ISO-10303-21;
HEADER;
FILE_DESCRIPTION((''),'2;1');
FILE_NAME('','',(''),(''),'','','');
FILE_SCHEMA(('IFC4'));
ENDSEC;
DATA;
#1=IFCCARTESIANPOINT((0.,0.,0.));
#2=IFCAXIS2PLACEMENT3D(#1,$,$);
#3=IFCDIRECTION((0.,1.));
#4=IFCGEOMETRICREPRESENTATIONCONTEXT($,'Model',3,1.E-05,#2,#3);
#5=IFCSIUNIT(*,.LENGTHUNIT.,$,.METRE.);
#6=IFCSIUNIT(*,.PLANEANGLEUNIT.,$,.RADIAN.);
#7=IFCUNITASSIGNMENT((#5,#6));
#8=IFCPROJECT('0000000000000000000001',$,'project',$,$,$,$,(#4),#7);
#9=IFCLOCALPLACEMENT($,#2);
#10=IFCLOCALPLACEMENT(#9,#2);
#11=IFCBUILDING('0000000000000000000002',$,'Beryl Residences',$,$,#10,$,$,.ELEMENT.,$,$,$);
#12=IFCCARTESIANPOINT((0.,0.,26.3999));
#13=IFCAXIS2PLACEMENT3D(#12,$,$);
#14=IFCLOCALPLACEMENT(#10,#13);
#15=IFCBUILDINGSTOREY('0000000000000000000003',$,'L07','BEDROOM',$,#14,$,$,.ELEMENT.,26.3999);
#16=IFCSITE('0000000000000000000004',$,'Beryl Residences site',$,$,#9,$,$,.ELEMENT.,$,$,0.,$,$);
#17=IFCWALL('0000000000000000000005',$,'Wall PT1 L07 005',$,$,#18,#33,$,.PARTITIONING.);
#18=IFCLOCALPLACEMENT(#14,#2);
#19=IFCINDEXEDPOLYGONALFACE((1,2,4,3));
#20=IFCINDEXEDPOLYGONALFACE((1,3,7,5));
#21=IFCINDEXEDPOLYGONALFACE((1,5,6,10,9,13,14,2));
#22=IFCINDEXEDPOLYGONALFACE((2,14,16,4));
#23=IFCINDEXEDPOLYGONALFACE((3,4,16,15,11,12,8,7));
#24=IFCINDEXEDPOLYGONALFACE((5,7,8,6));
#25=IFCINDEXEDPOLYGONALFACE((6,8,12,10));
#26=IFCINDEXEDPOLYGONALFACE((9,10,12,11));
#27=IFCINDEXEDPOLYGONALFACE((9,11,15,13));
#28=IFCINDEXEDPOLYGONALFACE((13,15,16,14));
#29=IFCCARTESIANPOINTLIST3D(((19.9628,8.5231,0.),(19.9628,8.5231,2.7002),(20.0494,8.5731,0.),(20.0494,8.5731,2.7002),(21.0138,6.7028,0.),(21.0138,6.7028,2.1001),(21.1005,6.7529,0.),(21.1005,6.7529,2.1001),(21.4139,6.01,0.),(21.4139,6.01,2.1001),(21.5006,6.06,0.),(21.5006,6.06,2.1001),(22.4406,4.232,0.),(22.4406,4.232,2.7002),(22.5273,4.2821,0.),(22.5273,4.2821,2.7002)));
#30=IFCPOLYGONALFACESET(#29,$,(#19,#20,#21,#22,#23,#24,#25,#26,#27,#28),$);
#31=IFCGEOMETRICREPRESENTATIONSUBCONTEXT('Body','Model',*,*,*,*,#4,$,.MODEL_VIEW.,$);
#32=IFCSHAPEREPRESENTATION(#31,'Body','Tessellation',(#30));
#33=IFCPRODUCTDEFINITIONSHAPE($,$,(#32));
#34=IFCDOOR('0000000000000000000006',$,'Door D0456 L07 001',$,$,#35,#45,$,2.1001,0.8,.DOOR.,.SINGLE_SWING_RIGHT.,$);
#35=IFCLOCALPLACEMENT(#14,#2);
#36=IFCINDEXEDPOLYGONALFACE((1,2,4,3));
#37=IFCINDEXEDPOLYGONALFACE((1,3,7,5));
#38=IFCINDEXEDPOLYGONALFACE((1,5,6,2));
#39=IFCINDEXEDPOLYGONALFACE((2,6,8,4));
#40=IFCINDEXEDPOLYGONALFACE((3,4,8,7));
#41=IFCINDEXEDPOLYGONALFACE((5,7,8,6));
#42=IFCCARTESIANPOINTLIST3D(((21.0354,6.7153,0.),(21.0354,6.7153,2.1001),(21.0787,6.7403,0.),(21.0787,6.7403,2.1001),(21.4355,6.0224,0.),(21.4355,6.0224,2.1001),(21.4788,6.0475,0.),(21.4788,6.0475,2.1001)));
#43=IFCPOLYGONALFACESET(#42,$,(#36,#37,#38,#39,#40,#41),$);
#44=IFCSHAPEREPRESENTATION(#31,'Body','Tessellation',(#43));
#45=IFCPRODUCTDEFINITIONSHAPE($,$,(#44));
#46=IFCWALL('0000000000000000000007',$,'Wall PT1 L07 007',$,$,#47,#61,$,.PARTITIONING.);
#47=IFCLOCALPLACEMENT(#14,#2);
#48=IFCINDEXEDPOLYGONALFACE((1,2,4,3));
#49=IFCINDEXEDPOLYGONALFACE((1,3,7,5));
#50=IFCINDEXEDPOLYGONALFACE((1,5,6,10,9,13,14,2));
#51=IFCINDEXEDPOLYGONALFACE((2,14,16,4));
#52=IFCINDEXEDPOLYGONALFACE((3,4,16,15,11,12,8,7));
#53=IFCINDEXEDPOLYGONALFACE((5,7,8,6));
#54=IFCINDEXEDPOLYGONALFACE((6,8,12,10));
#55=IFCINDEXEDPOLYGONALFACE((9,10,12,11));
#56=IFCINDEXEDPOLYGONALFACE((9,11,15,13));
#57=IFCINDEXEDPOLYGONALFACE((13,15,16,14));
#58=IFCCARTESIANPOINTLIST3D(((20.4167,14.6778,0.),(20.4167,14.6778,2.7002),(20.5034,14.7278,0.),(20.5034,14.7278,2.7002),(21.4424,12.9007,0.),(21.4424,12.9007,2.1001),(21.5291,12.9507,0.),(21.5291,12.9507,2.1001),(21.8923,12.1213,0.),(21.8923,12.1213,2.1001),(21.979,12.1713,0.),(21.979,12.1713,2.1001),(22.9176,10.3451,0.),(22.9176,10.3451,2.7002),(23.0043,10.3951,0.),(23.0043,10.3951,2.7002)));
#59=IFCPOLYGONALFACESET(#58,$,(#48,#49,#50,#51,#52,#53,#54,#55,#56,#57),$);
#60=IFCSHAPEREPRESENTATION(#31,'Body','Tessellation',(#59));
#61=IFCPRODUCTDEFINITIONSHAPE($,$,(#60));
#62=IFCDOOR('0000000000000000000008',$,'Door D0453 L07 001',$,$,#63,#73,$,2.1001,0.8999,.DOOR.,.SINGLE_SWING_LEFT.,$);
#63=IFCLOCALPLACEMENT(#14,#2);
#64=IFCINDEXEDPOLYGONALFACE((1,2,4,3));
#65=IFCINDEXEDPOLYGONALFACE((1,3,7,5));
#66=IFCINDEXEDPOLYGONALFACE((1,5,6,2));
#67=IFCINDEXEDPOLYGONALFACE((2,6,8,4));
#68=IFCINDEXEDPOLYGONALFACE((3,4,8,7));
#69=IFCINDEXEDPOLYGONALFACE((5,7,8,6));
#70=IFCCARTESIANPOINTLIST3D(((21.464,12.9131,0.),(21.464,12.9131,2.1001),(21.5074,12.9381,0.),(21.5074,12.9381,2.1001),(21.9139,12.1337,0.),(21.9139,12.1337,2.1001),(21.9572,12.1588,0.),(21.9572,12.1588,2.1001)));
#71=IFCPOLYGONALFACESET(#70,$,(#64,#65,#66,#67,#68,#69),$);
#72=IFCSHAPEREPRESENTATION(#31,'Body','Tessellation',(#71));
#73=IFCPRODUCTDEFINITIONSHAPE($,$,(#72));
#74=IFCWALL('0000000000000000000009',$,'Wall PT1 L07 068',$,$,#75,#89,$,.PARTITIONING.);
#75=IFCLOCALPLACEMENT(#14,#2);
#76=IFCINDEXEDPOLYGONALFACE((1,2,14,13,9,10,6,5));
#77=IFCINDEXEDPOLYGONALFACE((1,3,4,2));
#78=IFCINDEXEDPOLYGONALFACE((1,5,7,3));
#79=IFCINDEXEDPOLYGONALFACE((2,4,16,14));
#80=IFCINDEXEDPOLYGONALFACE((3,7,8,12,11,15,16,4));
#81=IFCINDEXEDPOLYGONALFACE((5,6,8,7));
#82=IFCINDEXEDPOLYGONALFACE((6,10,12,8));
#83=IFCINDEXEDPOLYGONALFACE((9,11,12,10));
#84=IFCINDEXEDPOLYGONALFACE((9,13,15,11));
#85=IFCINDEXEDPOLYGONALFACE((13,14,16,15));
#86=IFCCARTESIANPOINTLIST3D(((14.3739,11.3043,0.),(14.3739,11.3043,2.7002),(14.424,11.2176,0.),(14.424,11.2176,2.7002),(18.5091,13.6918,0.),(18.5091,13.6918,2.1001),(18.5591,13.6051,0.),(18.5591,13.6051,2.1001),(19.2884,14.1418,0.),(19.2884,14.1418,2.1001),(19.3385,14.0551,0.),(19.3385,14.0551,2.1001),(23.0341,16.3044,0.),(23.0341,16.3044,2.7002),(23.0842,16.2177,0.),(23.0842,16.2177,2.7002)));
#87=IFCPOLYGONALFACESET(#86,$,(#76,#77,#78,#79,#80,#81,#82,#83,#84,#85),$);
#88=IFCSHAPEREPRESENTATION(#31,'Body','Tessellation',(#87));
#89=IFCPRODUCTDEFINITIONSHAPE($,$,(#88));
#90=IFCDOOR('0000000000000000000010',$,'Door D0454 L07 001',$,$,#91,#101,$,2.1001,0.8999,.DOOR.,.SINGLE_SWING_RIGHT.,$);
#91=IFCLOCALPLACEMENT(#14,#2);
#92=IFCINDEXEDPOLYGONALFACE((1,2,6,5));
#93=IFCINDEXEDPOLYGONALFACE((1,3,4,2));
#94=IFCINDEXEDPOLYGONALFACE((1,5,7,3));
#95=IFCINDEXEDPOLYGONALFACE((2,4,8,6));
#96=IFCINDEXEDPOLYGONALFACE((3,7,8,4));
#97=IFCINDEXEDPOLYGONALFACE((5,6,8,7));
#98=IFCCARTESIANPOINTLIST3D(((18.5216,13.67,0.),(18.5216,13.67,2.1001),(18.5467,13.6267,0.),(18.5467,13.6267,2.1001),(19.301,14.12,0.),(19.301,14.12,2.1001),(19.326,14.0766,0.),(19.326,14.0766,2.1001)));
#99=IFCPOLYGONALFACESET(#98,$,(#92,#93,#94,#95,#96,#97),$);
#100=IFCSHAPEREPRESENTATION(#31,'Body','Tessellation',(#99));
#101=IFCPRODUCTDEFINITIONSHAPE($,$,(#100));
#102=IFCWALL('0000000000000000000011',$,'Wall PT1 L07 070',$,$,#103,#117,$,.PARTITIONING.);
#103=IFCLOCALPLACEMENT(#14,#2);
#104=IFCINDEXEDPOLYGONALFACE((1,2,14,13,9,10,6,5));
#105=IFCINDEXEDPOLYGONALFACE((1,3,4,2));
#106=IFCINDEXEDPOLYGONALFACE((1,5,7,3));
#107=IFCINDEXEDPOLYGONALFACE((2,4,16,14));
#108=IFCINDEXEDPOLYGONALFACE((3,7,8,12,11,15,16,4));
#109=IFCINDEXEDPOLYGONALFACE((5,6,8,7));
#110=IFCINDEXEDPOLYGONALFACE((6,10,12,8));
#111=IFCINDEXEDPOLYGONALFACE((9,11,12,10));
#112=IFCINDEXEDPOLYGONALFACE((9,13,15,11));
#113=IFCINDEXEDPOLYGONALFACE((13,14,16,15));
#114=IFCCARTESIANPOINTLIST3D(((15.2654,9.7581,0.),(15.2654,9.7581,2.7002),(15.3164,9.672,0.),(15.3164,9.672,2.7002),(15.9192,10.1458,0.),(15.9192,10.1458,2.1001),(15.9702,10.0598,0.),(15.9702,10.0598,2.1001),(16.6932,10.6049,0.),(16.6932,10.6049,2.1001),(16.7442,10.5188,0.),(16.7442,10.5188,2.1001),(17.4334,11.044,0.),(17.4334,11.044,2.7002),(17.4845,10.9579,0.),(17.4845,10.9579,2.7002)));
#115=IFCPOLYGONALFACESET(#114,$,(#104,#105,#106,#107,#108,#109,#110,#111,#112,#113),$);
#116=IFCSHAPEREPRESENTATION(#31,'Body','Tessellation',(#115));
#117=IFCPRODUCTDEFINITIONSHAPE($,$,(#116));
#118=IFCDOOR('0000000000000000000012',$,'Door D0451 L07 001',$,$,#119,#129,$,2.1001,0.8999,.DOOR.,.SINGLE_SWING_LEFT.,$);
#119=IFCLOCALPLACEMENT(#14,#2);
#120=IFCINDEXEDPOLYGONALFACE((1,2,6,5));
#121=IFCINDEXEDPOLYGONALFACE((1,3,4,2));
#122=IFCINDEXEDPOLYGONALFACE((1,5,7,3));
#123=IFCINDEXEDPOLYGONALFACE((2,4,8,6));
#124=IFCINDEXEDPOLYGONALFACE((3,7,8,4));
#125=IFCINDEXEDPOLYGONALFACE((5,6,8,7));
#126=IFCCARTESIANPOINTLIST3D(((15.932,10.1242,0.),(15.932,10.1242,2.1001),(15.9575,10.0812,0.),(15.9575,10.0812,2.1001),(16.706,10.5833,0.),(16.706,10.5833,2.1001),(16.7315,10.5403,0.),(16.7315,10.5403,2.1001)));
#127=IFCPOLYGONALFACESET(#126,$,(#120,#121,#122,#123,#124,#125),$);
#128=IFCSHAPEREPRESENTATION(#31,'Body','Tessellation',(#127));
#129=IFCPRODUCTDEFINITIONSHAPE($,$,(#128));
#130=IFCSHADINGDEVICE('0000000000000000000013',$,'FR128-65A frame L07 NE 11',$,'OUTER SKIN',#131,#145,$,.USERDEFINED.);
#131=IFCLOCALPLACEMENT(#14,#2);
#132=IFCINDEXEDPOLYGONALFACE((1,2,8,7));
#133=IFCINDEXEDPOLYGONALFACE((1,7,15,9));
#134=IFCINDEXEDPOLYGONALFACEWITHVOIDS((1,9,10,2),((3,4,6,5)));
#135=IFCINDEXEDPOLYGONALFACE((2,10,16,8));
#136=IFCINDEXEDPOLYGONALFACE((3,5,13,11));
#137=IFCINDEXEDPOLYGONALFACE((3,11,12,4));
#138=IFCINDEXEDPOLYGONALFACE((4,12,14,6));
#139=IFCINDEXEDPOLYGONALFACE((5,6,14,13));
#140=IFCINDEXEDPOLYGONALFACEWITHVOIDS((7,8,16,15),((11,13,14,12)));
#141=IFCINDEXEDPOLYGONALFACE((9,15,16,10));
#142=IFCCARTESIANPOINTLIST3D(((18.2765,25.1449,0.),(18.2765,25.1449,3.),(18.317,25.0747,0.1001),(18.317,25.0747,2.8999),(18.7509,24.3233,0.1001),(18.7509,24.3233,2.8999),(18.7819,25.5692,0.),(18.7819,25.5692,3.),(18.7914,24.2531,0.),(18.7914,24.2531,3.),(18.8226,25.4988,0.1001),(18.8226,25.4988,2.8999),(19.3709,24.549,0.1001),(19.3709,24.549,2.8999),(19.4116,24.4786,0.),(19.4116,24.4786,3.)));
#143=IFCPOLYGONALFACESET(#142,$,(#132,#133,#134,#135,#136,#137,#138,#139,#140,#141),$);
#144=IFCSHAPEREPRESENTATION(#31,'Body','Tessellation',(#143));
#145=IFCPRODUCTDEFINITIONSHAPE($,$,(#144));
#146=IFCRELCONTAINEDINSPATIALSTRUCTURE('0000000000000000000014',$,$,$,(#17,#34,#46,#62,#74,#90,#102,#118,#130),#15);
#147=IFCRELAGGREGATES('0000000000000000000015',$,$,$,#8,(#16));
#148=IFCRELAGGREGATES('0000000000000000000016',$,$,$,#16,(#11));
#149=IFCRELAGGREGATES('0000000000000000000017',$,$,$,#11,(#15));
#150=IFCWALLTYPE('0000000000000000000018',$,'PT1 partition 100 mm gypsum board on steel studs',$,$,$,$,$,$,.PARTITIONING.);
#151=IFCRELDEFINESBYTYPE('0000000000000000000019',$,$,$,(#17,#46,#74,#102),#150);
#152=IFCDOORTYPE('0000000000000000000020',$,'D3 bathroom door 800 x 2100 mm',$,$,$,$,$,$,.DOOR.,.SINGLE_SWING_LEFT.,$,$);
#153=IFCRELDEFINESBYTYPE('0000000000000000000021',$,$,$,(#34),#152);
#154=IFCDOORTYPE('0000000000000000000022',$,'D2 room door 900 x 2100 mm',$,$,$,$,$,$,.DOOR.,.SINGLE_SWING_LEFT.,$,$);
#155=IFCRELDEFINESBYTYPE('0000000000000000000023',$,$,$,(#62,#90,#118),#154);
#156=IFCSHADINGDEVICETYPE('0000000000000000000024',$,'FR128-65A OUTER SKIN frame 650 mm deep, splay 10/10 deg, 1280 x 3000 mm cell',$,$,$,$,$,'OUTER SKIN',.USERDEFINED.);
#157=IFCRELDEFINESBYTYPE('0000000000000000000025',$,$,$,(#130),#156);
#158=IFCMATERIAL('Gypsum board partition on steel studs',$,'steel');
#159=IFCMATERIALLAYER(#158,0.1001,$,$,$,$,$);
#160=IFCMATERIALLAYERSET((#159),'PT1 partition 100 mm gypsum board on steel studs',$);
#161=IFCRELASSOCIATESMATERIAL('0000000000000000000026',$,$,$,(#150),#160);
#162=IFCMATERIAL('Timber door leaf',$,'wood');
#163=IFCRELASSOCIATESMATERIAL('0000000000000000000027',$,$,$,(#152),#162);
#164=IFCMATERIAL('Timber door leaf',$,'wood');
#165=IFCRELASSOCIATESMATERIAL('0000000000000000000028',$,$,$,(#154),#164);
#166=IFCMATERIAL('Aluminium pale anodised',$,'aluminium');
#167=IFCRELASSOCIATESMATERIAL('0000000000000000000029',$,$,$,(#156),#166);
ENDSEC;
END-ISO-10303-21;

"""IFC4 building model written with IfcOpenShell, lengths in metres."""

from ifc_helpers import new_model, entity, si_unit, direction, frame, frame_2d, origin, place, context, subcontext, project, spatial, rectangle, extrude, source, transform, mapped, material, layer, layer_set, type_object, type_shapes, element, fill, save


model = new_model("IFC4")

# Units and contexts
model_context = context("Model", 3, precision=1e-05, world=origin(), true_north=direction((0.0, 1.0)))
body_context = subcontext(model_context, "Body", "Model", "MODEL_VIEW")
ifc_project = project(units=[si_unit("LENGTHUNIT", "METRE"), si_unit("PLANEANGLEUNIT", "RADIAN")], contexts=[model_context])

# Site, building, storey
site_placement = place(None, origin())
site = spatial("IfcSite", under=ifc_project, at=site_placement, Name="Beryl Residences site", CompositionType="ELEMENT", RefElevation=0.0)
building_placement = place(site_placement, origin())
building = spatial("IfcBuilding", under=site, at=building_placement, Name="Beryl Residences", CompositionType="ELEMENT")
storey_placement = place(building_placement, frame((0.0, 0.0, 26.3999)))
storey = spatial("IfcBuildingStorey", under=building, at=storey_placement, Name="L07", Description="BEDROOM", CompositionType="ELEMENT", Elevation=26.3999)

# Shared definitions
ifc_material_1 = material(Name="Gypsum board partition on steel studs", Category="steel")
ifc_layer_1 = layer(ifc_material_1, 0.1001)
ifc_layer_set_1 = layer_set([ifc_layer_1], Name="PT1 partition 100 mm gypsum board on steel studs")
wall_type_1 = type_object("IfcWallType", Name="PT1 partition 100 mm gypsum board on steel studs", PredefinedType="PARTITIONING", material=ifc_layer_set_1)

# Walls, openings, doors
ifc_material_2 = material(Name="Timber door leaf", Category="wood")
door_type_1 = type_object("IfcDoorType", Name="D3 bathroom door 800 x 2100 mm", OperationType="SINGLE_SWING_LEFT", PredefinedType="DOOR", material=ifc_material_2)
wall_1_placement = place(storey_placement, frame((20.0061, 8.5481, 0.0), z_axis=(0.0, 0.0, 1.0), x_axis=(0.500055, -0.865994, 0.0)))
wall_1 = element("IfcWall", 1, at=wall_1_placement, inside=storey, type_object=wall_type_1, Name="Wall PT1 L07 005", PredefinedType="PARTITIONING", context=body_context, shape_type="SweptSolid", body=[
    extrude(rectangle(XDim=4.9551, YDim=0.1001, at=frame_2d((2.4775, 0.0))), origin(), (0.0, 0.0, 1.0), 2.7002),
])
opening_1_placement = place(wall_1_placement, frame((2.1021, 0.0, 0.0)))
opening_1 = element("IfcOpeningElement", 2, at=opening_1_placement, cuts=wall_1, PredefinedType="OPENING", context=body_context, shape_type="SweptSolid", body=[
    extrude(rectangle(XDim=0.8, YDim=2.1001, at=frame_2d((0.3999, 1.05))), frame((0.0, 0.0601, 0.0), z_axis=(0.0, -1.0, 0.0), x_axis=(1.0, 0.0, 0.0)), (0.0, 0.0, 1.0), 0.1201),
])
door_1_placement = place(opening_1_placement, origin())
door_1 = element("IfcDoor", 3, at=door_1_placement, inside=storey, type_object=door_type_1, Name="Door D0456 L07 001", OperationType="SINGLE_SWING_RIGHT", OverallHeight=2.1001, OverallWidth=0.8, PredefinedType="DOOR", context=body_context, shape_type="SweptSolid", body=[
    extrude(rectangle(XDim=0.8, YDim=2.1001, at=frame_2d((0.3999, 1.05))), frame((0.0, 0.0249, 0.0), z_axis=(0.0, -1.0, 0.0), x_axis=(1.0, 0.0, 0.0)), (0.0, 0.0, 1.0), 0.05),
])
fill(opening_1, door_1)
wall_2_placement = place(storey_placement, frame((20.46, 14.7029, 0.0), z_axis=(0.0, 0.0, 1.0), x_axis=(0.499918, -0.866073, 0.0)))
wall_2 = element("IfcWall", 4, at=wall_2_placement, inside=storey, type_object=wall_type_1, Name="Wall PT1 L07 007", PredefinedType="PARTITIONING", context=body_context, shape_type="SweptSolid", body=[
    extrude(rectangle(XDim=5.0027, YDim=0.1001, at=frame_2d((2.5015, 0.0))), origin(), (0.0, 0.0, 1.0), 2.7002),
])
opening_2_placement = place(wall_2_placement, frame((2.052, 0.0, 0.0)))
opening_2 = element("IfcOpeningElement", 5, at=opening_2_placement, cuts=wall_2, PredefinedType="OPENING", context=body_context, shape_type="SweptSolid", body=[
    extrude(rectangle(XDim=0.8999, YDim=2.1001, at=frame_2d((0.45, 1.05))), frame((0.0, 0.0601, 0.0), z_axis=(0.0, -1.0, 0.0), x_axis=(1.0, 0.0, 0.0)), (0.0, 0.0, 1.0), 0.1201),
])
ifc_material_3 = material(Name="Timber door leaf", Category="wood")
door_type_2 = type_object("IfcDoorType", Name="D2 room door 900 x 2100 mm", OperationType="SINGLE_SWING_LEFT", PredefinedType="DOOR", material=ifc_material_3)
door_2_placement = place(opening_2_placement, origin())
door_2 = element("IfcDoor", 6, at=door_2_placement, inside=storey, type_object=door_type_2, Name="Door D0453 L07 001", OperationType="SINGLE_SWING_LEFT", OverallHeight=2.1001, OverallWidth=0.8999, PredefinedType="DOOR", context=body_context, shape_type="SweptSolid", body=[
    extrude(rectangle(XDim=0.8999, YDim=2.1001, at=frame_2d((0.45, 1.05))), frame((0.0, 0.0249, 0.0), z_axis=(0.0, -1.0, 0.0), x_axis=(1.0, 0.0, 0.0)), (0.0, 0.0, 1.0), 0.05),
])
fill(opening_2, door_2)
wall_3_placement = place(storey_placement, frame((14.3989, 11.261, 0.0), z_axis=(0.0, 0.0, 1.0), x_axis=(0.866023, 0.500004, 0.0)))
wall_3 = element("IfcWall", 7, at=wall_3_placement, inside=storey, type_object=wall_type_1, Name="Wall PT1 L07 068", PredefinedType="PARTITIONING", context=body_context, shape_type="SweptSolid", body=[
    extrude(rectangle(XDim=10.0, YDim=0.1001, at=frame_2d((5.0, 0.0))), origin(), (0.0, 0.0, 1.0), 2.7002),
])
opening_3_placement = place(wall_3_placement, frame((4.7749, 0.0, 0.0)))
opening_3 = element("IfcOpeningElement", 8, at=opening_3_placement, cuts=wall_3, PredefinedType="OPENING", context=body_context, shape_type="SweptSolid", body=[
    extrude(rectangle(XDim=0.8999, YDim=2.1001, at=frame_2d((0.45, 1.05))), frame((0.0, 0.0601, 0.0), z_axis=(0.0, -1.0, 0.0), x_axis=(1.0, 0.0, 0.0)), (0.0, 0.0, 1.0), 0.1201),
])
door_3_placement = place(opening_3_placement, origin())
door_3 = element("IfcDoor", 9, at=door_3_placement, inside=storey, type_object=door_type_2, Name="Door D0454 L07 001", OperationType="SINGLE_SWING_RIGHT", OverallHeight=2.1001, OverallWidth=0.8999, PredefinedType="DOOR", context=body_context, shape_type="SweptSolid", body=[
    extrude(rectangle(XDim=0.8999, YDim=2.1001, at=frame_2d((0.45, 1.05))), frame((0.0, 0.0249, 0.0), z_axis=(0.0, -1.0, 0.0), x_axis=(1.0, 0.0, 0.0)), (0.0, 0.0, 1.0), 0.05),
])
fill(opening_3, door_3)
wall_4_placement = place(storey_placement, frame((15.291, 9.7151, 0.0), z_axis=(0.0, 0.0, 1.0), x_axis=(0.860089, 0.510145, 0.0)))
wall_4 = element("IfcWall", 10, at=wall_4_placement, inside=storey, type_object=wall_type_1, Name="Wall PT1 L07 070", PredefinedType="PARTITIONING", context=body_context, shape_type="SweptSolid", body=[
    extrude(rectangle(XDim=2.5208, YDim=0.1001, at=frame_2d((1.2603, 0.0))), origin(), (0.0, 0.0, 1.0), 2.7002),
])
opening_4_placement = place(wall_4_placement, frame((0.76, 0.0, 0.0)))
opening_4 = element("IfcOpeningElement", 11, at=opening_4_placement, cuts=wall_4, PredefinedType="OPENING", context=body_context, shape_type="SweptSolid", body=[
    extrude(rectangle(XDim=0.8999, YDim=2.1001, at=frame_2d((0.45, 1.05))), frame((0.0, 0.0601, 0.0), z_axis=(0.0, -1.0, 0.0), x_axis=(1.0, 0.0, 0.0)), (0.0, 0.0, 1.0), 0.1201),
])
door_4_placement = place(opening_4_placement, origin())
door_4 = element("IfcDoor", 12, at=door_4_placement, inside=storey, type_object=door_type_2, Name="Door D0451 L07 001", OperationType="SINGLE_SWING_LEFT", OverallHeight=2.1001, OverallWidth=0.8999, PredefinedType="DOOR", context=body_context, shape_type="SweptSolid", body=[
    extrude(rectangle(XDim=0.8999, YDim=2.1001, at=frame_2d((0.45, 1.05))), frame((0.0, 0.0249, 0.0), z_axis=(0.0, -1.0, 0.0), x_axis=(1.0, 0.0, 0.0)), (0.0, 0.0, 1.0), 0.05),
])
fill(opening_4, door_4)

# Shading device
ifc_material_4 = material(Name="Aluminium pale anodised", Category="aluminium")
shading_device_type_1 = type_object("IfcShadingDeviceType", Name="FR128-65A OUTER SKIN frame 650 mm deep, splay 10/10 deg, 1280 x 3000 mm cell", ElementType="OUTER SKIN", PredefinedType="USERDEFINED", material=ifc_material_4)
cartesian_point_1 = entity("IfcCartesianPoint", [-0.5149, 0.0])
cartesian_point_2 = entity("IfcCartesianPoint", [-0.4338, 0.1001])
cartesian_point_3 = entity("IfcCartesianPoint", [-0.6296, 0.0])
cartesian_point_4 = entity("IfcCartesianPoint", [-0.5483, 0.1001])
shared_shape_1 = source(origin(), body_context, "Body", "SweptSolid", [
    entity("IfcExtrudedAreaSolidTapered", entity("IfcArbitraryProfileDefWithVoids", "AREA", None, entity("IfcPolyline", [cartesian_point_1, entity("IfcCartesianPoint", [0.5149, 0.0]), entity("IfcCartesianPoint", [0.5149, 3.0]), entity("IfcCartesianPoint", [-0.5149, 3.0]), cartesian_point_1]), [entity("IfcPolyline", [cartesian_point_2, entity("IfcCartesianPoint", [0.4338, 0.1001]), entity("IfcCartesianPoint", [0.4338, 2.8999]), entity("IfcCartesianPoint", [-0.4338, 2.8999]), cartesian_point_2])]), entity("IfcAxis2Placement3D", entity("IfcCartesianPoint", [0.0, 0.0, 0.0]), entity("IfcDirection", [0.0, 1.0, 0.0]), entity("IfcDirection", [-1.0, 0.0, 0.0])), entity("IfcDirection", [0.0, 0.0, 1.0]), 0.6499, entity("IfcArbitraryProfileDefWithVoids", "AREA", None, entity("IfcPolyline", [cartesian_point_3, entity("IfcCartesianPoint", [0.6296, 0.0]), entity("IfcCartesianPoint", [0.6296, 3.0]), entity("IfcCartesianPoint", [-0.6296, 3.0]), cartesian_point_3]), [entity("IfcPolyline", [cartesian_point_4, entity("IfcCartesianPoint", [0.5483, 0.1001]), entity("IfcCartesianPoint", [0.5483, 2.8999]), entity("IfcCartesianPoint", [-0.5483, 2.8999]), cartesian_point_4])])),
])
type_shapes(shading_device_type_1, [shared_shape_1])
shading_device_placement = place(storey_placement, frame((18.5339, 24.699, 0.0), z_axis=(0.0, 0.0, 1.0), x_axis=(0.5, -0.866025, 0.0)))
element("IfcShadingDevice", 13, at=shading_device_placement, inside=storey, type_object=shading_device_type_1, Name="FR128-65A frame L07 NE 11", ObjectType="OUTER SKIN", PredefinedType="USERDEFINED", context=body_context, shape_type="MappedRepresentation", body=[
    mapped(shared_shape_1, transform((0.0, 0.0, 0.0))),
])

save(model, "model.ifc")
